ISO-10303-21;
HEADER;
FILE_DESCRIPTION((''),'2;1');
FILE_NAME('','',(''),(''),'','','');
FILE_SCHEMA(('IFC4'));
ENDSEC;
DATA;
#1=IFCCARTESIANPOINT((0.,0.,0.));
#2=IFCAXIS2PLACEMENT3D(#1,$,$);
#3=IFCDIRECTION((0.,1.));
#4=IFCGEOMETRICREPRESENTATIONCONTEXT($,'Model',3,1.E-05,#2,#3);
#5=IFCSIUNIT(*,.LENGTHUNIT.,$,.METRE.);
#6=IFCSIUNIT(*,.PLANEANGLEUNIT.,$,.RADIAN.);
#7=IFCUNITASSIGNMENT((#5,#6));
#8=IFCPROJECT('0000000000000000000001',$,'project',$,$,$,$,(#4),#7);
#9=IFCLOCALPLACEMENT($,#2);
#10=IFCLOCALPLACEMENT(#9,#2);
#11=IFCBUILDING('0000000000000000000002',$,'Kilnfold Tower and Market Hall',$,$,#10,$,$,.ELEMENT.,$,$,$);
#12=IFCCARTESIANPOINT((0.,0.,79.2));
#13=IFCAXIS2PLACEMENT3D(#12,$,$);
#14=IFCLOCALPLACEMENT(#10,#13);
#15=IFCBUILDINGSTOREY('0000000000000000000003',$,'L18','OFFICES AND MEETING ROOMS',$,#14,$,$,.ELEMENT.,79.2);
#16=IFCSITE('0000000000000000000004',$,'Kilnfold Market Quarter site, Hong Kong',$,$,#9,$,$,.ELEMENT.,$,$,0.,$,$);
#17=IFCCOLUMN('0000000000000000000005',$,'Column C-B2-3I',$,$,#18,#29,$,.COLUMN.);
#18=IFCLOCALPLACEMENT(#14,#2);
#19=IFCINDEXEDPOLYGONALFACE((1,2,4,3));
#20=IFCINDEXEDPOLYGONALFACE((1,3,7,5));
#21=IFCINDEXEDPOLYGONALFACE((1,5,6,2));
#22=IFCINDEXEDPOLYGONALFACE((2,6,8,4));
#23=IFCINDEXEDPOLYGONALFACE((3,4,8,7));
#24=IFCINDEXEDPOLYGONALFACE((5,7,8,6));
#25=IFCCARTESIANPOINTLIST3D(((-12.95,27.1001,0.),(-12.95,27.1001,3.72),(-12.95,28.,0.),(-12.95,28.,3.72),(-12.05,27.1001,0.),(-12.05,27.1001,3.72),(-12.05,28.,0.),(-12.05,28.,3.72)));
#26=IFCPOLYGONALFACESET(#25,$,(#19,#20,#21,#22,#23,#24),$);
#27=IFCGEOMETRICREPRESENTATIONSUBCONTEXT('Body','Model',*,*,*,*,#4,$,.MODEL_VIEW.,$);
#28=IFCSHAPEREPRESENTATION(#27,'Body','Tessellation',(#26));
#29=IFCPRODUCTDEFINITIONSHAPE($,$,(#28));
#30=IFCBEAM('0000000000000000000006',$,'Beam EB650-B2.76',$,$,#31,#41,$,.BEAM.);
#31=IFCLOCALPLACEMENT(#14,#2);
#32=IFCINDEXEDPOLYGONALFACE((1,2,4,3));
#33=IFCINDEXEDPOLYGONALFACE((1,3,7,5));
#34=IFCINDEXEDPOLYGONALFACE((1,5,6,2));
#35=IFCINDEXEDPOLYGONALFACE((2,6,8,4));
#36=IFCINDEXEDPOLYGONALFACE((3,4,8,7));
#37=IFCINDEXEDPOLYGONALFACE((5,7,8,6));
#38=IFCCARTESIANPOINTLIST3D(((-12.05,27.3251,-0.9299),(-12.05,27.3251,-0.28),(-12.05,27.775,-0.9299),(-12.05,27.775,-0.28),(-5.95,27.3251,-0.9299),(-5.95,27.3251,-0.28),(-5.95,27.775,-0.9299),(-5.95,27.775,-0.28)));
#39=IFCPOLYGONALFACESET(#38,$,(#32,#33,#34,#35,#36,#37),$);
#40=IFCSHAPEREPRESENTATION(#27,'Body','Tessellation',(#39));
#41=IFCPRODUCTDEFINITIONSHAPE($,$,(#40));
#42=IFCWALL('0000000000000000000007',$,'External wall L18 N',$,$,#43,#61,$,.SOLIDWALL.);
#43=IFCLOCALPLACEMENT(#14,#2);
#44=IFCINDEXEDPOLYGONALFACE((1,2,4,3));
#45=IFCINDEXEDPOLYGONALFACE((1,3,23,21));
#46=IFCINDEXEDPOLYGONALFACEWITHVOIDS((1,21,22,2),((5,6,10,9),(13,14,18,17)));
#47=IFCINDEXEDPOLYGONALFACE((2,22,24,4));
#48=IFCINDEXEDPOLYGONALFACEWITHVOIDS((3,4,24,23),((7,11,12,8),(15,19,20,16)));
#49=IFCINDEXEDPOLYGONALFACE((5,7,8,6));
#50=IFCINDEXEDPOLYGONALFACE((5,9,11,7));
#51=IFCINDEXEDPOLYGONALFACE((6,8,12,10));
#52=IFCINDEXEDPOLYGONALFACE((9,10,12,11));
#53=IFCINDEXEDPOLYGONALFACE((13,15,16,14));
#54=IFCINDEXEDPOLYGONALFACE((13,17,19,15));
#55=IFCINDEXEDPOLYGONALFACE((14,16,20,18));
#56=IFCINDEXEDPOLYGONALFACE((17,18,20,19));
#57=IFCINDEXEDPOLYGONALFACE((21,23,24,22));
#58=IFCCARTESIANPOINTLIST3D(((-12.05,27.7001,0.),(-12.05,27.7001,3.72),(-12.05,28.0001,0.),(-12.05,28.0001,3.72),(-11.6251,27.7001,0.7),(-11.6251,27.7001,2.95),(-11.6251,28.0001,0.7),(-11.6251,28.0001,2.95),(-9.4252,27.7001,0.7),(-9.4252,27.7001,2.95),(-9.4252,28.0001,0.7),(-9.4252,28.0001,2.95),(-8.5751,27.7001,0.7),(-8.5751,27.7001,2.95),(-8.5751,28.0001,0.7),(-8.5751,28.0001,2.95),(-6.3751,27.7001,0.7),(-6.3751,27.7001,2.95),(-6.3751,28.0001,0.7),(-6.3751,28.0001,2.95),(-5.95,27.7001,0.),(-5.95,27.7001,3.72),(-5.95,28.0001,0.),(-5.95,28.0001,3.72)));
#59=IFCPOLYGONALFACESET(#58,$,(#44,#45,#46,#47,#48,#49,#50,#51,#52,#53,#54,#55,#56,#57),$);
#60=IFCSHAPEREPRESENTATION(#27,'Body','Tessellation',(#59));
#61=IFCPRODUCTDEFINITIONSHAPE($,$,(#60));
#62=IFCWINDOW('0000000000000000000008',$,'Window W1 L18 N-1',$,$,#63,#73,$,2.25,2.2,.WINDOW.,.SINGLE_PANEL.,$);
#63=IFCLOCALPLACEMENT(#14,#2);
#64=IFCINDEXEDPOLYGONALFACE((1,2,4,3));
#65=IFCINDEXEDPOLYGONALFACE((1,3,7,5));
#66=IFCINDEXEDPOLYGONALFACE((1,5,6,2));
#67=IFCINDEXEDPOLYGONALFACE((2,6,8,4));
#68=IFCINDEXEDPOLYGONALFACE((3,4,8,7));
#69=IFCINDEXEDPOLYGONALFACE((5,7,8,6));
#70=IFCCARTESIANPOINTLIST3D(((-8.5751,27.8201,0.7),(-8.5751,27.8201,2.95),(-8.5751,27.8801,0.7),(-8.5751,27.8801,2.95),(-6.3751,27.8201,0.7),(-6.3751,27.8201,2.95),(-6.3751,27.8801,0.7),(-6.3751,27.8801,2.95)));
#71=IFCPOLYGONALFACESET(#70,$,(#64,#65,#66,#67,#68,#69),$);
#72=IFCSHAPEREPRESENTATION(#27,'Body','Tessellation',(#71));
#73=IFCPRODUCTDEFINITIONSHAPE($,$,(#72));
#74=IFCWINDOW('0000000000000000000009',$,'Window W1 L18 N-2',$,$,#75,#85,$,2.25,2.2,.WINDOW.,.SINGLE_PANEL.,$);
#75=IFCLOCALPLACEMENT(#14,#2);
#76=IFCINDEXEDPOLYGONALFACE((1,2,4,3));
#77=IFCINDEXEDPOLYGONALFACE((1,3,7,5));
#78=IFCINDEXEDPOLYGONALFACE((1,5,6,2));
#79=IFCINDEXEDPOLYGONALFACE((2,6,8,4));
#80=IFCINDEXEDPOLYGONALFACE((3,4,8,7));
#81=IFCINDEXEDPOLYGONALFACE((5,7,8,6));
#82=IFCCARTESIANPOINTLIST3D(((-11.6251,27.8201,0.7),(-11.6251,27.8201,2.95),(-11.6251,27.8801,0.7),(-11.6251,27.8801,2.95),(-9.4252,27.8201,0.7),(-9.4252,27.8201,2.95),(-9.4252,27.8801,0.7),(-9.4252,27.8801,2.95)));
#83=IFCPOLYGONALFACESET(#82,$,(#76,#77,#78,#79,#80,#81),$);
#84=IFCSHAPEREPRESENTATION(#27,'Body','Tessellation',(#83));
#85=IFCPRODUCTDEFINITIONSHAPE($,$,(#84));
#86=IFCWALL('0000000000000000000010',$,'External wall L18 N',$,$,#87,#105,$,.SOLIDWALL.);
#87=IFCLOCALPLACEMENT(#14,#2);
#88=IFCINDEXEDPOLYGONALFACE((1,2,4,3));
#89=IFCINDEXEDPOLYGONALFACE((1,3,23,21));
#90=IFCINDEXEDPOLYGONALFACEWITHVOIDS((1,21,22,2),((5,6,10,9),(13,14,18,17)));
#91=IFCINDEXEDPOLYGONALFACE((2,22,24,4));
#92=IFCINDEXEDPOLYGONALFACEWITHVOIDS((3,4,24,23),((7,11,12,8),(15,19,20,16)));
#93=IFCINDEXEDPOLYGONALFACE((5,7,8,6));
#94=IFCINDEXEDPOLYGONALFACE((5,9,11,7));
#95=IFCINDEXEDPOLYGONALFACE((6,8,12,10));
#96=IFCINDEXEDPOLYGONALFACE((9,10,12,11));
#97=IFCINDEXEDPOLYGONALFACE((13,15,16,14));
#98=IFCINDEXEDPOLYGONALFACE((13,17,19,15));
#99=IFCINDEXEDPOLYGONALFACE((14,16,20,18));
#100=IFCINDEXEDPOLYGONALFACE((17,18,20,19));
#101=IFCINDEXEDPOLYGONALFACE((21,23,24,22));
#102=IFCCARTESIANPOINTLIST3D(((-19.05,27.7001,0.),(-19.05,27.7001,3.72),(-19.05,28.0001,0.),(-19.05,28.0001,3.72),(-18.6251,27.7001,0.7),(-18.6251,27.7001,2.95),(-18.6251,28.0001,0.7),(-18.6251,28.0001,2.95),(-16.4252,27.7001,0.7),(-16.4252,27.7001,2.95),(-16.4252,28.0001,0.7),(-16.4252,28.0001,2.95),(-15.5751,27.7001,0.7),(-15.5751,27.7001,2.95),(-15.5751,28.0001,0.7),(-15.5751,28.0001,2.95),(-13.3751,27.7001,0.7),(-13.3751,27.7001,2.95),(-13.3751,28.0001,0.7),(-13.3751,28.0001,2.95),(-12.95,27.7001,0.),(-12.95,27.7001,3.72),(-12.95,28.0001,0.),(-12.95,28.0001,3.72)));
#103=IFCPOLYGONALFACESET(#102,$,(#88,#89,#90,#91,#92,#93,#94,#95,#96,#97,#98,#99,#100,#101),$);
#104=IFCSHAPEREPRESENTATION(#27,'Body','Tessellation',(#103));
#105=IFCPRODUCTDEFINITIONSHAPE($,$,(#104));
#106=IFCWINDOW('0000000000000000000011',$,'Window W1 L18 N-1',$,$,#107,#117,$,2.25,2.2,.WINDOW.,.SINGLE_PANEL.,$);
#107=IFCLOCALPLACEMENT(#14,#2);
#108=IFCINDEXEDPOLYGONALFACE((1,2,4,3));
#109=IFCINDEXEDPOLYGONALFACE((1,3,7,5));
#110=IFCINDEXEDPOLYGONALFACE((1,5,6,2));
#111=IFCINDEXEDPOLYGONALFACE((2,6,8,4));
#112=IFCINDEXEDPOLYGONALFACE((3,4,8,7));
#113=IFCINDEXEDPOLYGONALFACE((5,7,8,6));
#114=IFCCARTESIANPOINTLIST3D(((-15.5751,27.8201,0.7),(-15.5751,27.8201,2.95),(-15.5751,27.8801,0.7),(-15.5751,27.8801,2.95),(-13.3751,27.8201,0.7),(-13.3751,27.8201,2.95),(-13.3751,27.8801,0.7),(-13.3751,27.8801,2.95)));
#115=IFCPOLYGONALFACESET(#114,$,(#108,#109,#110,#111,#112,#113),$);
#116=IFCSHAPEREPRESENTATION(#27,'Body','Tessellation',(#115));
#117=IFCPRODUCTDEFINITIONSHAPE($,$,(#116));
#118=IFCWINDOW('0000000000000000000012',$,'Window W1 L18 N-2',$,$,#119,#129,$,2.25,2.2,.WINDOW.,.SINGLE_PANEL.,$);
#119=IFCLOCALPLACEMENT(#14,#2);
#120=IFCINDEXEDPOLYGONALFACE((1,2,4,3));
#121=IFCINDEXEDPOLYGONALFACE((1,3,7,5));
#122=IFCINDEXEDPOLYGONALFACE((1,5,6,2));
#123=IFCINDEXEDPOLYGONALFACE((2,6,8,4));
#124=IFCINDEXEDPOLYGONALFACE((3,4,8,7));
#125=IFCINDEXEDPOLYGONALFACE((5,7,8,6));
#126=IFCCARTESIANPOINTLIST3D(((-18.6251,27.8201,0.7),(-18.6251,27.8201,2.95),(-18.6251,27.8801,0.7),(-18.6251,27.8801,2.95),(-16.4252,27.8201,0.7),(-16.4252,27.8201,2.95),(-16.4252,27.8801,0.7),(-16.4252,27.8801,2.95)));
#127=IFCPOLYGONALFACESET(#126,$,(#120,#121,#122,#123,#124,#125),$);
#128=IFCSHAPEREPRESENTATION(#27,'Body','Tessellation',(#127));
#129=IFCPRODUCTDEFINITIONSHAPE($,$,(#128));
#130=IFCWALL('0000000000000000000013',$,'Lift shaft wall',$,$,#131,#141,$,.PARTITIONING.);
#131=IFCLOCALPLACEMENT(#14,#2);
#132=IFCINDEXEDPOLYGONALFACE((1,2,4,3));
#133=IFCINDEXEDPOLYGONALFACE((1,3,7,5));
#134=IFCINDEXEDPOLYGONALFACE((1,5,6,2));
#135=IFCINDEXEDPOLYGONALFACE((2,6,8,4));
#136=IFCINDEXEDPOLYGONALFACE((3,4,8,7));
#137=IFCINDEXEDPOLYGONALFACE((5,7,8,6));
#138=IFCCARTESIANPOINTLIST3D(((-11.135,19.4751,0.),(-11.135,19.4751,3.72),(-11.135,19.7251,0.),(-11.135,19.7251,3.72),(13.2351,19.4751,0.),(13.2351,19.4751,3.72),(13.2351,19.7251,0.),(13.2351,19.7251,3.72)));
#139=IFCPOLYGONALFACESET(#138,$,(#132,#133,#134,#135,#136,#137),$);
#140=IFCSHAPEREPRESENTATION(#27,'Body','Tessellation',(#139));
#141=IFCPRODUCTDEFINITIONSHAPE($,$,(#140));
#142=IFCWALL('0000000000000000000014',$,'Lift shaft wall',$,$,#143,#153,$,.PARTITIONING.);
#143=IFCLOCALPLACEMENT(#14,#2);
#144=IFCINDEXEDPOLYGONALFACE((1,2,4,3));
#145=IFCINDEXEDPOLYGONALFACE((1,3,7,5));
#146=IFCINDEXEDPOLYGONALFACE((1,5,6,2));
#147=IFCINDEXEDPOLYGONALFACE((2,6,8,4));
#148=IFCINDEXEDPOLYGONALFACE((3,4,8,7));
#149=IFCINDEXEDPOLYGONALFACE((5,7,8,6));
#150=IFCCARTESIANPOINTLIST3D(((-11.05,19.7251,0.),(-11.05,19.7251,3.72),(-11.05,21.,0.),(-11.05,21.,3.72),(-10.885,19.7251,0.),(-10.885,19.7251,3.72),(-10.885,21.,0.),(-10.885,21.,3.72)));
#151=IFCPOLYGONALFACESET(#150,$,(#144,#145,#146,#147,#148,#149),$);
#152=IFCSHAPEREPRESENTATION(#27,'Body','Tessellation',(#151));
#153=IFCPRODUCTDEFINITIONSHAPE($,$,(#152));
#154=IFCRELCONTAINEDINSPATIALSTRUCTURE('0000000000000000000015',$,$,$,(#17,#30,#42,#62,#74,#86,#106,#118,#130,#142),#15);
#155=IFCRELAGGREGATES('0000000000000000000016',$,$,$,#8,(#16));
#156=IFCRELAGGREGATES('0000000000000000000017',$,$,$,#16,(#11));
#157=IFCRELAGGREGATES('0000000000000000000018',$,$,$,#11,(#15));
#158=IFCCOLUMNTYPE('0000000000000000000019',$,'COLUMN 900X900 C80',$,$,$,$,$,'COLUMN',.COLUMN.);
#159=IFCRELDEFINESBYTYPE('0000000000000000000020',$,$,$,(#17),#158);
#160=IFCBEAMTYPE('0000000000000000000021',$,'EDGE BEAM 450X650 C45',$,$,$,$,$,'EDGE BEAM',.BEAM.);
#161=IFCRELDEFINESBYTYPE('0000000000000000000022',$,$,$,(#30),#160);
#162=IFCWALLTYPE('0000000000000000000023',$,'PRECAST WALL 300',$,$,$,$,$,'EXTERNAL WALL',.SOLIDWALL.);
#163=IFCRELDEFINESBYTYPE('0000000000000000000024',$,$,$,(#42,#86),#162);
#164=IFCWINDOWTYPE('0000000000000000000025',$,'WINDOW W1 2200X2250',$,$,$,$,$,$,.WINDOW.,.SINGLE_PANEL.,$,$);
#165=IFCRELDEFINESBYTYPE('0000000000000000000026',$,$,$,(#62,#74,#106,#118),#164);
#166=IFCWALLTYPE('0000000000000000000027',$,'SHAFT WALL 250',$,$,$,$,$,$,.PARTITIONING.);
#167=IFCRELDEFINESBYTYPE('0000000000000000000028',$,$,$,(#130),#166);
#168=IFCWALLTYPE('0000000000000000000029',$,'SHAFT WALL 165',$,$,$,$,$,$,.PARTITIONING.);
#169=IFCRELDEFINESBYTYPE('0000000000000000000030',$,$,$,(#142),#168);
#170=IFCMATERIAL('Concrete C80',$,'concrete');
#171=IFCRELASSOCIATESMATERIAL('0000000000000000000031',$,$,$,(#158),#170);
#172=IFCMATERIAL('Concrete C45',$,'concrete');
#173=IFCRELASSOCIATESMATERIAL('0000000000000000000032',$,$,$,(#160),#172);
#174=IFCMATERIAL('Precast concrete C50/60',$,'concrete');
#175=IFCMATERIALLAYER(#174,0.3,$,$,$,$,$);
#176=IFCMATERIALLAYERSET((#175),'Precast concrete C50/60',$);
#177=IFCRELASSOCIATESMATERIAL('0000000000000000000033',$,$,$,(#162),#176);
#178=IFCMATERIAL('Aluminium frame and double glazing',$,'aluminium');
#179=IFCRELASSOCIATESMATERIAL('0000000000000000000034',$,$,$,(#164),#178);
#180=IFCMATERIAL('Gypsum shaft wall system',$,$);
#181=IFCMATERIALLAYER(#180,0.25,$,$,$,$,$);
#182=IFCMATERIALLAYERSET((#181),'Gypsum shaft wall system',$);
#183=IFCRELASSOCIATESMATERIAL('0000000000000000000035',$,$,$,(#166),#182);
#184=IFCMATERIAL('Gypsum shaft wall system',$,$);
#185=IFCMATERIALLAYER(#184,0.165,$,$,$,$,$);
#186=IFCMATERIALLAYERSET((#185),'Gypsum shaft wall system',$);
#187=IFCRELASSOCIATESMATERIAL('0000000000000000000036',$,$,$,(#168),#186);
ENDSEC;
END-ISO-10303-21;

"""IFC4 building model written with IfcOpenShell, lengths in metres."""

from ifc_helpers import new_model, si_unit, direction, frame, frame_2d, origin, origin_2d, place, context, subcontext, project, spatial, rectangle, extrude, source, transform, mapped, material, layer, layer_set, material_profile, profile_set, type_object, element, fill, save


model = new_model("IFC4")

# Units and contexts
model_context = context("Model", 3, precision=1e-05, world=origin(), true_north=direction((0.0, 1.0)))
body_context = subcontext(model_context, "Body", "Model", "MODEL_VIEW")
ifc_project = project(units=[si_unit("LENGTHUNIT", "METRE"), si_unit("PLANEANGLEUNIT", "RADIAN")], contexts=[model_context])

# Site, building, storey
site_placement = place(None, origin())
site = spatial("IfcSite", under=ifc_project, at=site_placement, Name="Kilnfold Market Quarter site, Hong Kong", CompositionType="ELEMENT", RefElevation=0.0)
building_placement = place(site_placement, origin())
building = spatial("IfcBuilding", under=site, at=building_placement, Name="Kilnfold Tower and Market Hall", CompositionType="ELEMENT")
storey_placement = place(building_placement, frame((0.0, 0.0, 79.2)))
storey = spatial("IfcBuildingStorey", under=building, at=storey_placement, Name="L18", Description="OFFICES AND MEETING ROOMS", CompositionType="ELEMENT", Elevation=79.2)

# Column
ifc_material_1 = material(Name="Concrete C80", Category="concrete")
ifc_material_profile_1 = material_profile(ifc_material_1, rectangle(XDim=0.8999, YDim=0.8999, at=origin_2d()), Name="RC 900x900")
ifc_profile_set_1 = profile_set([ifc_material_profile_1], Name="Concrete C80")
column_type = type_object("IfcColumnType", Name="COLUMN 900X900 C80", ElementType="COLUMN", PredefinedType="COLUMN", material=ifc_profile_set_1)
shared_shape_1 = source(origin(), body_context, "Body", "SweptSolid", [
    extrude(rectangle(XDim=0.8999, YDim=0.8999, at=origin_2d()), origin(), (0.0, 0.0, 1.0), 3.72),
])
column_placement = place(storey_placement, frame((-12.5, 27.55, 0.0), z_axis=(0.0, 0.0, 1.0), x_axis=(1.0, 0.0, 0.0)))
element("IfcColumn", 1, at=column_placement, inside=storey, type_object=column_type, Name="Column C-B2-3I", PredefinedType="COLUMN", context=body_context, shape_type="MappedRepresentation", body=[
    mapped(shared_shape_1, transform((0.0, 0.0, 0.0))),
])

# Beam
ifc_material_2 = material(Name="Concrete C45", Category="concrete")
ifc_material_profile_2 = material_profile(ifc_material_2, rectangle(XDim=0.45, YDim=0.6499, at=origin_2d()), Name="RC 450x650")
ifc_profile_set_2 = profile_set([ifc_material_profile_2], Name="Concrete C45")
beam_type = type_object("IfcBeamType", Name="EDGE BEAM 450X650 C45", ElementType="EDGE BEAM", PredefinedType="BEAM", material=ifc_profile_set_2)
shared_shape_2 = source(origin(), body_context, "Body", "SweptSolid", [
    extrude(rectangle(XDim=0.45, YDim=0.6499, at=origin_2d()), origin(), (0.0, 0.0, 1.0), 6.1001),
])
beam_placement = place(storey_placement, frame((-12.05, 27.55, -0.605), z_axis=(1.0, 0.0, 0.0), x_axis=(0.0, 1.0, 0.0)))
element("IfcBeam", 2, at=beam_placement, inside=storey, type_object=beam_type, Name="Beam EB650-B2.76", PredefinedType="BEAM", context=body_context, shape_type="MappedRepresentation", body=[
    mapped(shared_shape_2, transform((0.0, 0.0, 0.0))),
])

# Walls, openings, windows
ifc_material_3 = material(Name="Precast concrete C50/60", Category="concrete")
ifc_layer_1 = layer(ifc_material_3, 0.3)
ifc_layer_set_1 = layer_set([ifc_layer_1], Name="Precast concrete C50/60")
wall_type_1 = type_object("IfcWallType", Name="PRECAST WALL 300", ElementType="EXTERNAL WALL", PredefinedType="SOLIDWALL", material=ifc_layer_set_1)
shared_shape_3 = source(origin(), body_context, "Body", "SweptSolid", [
    extrude(rectangle(XDim=6.1001, YDim=0.3, at=frame_2d((3.05, 0.0))), origin(), (0.0, 0.0, 1.0), 3.72),
])
wall_1_placement = place(storey_placement, frame((-5.95, 27.8501, 0.0), z_axis=(0.0, 0.0, 1.0), x_axis=(-1.0, 0.0, 0.0)))
wall_1 = element("IfcWall", 3, at=wall_1_placement, inside=storey, type_object=wall_type_1, Name="External wall L18 N", PredefinedType="SOLIDWALL", context=body_context, shape_type="MappedRepresentation", body=[
    mapped(shared_shape_3, transform((0.0, 0.0, 0.0))),
])
opening_1_placement = place(wall_1_placement, frame((0.425, 0.0, 0.7)))
opening_1 = element("IfcOpeningElement", 4, at=opening_1_placement, cuts=wall_1, PredefinedType="OPENING", context=body_context, shape_type="SweptSolid", body=[
    extrude(rectangle(XDim=2.2, YDim=2.25, at=frame_2d((1.1001, 1.125))), frame((0.0, 0.1602, 0.0), z_axis=(0.0, -1.0, 0.0), x_axis=(1.0, 0.0, 0.0)), (0.0, 0.0, 1.0), 0.3201),
])
opening_2_placement = place(wall_1_placement, frame((3.4751, 0.0, 0.7)))
opening_2 = element("IfcOpeningElement", 5, at=opening_2_placement, cuts=wall_1, PredefinedType="OPENING", context=body_context, shape_type="SweptSolid", body=[
    extrude(rectangle(XDim=2.2, YDim=2.25, at=frame_2d((1.1001, 1.125))), frame((0.0, 0.1602, 0.0), z_axis=(0.0, -1.0, 0.0), x_axis=(1.0, 0.0, 0.0)), (0.0, 0.0, 1.0), 0.3201),
])
ifc_material_4 = material(Name="Aluminium frame and double glazing", Category="aluminium")
window_type = type_object("IfcWindowType", Name="WINDOW W1 2200X2250", PartitioningType="SINGLE_PANEL", PredefinedType="WINDOW", material=ifc_material_4)
window_1_placement = place(opening_1_placement, origin())
window_1 = element("IfcWindow", 6, at=window_1_placement, inside=storey, type_object=window_type, Name="Window W1 L18 N-1", OverallHeight=2.25, OverallWidth=2.2, PartitioningType="SINGLE_PANEL", PredefinedType="WINDOW", context=body_context, shape_type="SweptSolid", body=[
    extrude(rectangle(XDim=2.2, YDim=2.25, at=frame_2d((1.1001, 1.125))), frame((0.0, 0.03, 0.0), z_axis=(0.0, -1.0, 0.0), x_axis=(1.0, 0.0, 0.0)), (0.0, 0.0, 1.0), 0.0601),
])
fill(opening_1, window_1)
window_2_placement = place(opening_2_placement, origin())
window_2 = element("IfcWindow", 7, at=window_2_placement, inside=storey, type_object=window_type, Name="Window W1 L18 N-2", OverallHeight=2.25, OverallWidth=2.2, PartitioningType="SINGLE_PANEL", PredefinedType="WINDOW", context=body_context, shape_type="SweptSolid", body=[
    extrude(rectangle(XDim=2.2, YDim=2.25, at=frame_2d((1.1001, 1.125))), frame((0.0, 0.03, 0.0), z_axis=(0.0, -1.0, 0.0), x_axis=(1.0, 0.0, 0.0)), (0.0, 0.0, 1.0), 0.0601),
])
fill(opening_2, window_2)
wall_2_placement = place(storey_placement, frame((-12.95, 27.8501, 0.0), z_axis=(0.0, 0.0, 1.0), x_axis=(-1.0, 0.0, 0.0)))
wall_2 = element("IfcWall", 8, at=wall_2_placement, inside=storey, type_object=wall_type_1, Name="External wall L18 N", PredefinedType="SOLIDWALL", context=body_context, shape_type="MappedRepresentation", body=[
    mapped(shared_shape_3, transform((0.0, 0.0, 0.0))),
])
opening_3_placement = place(wall_2_placement, frame((0.425, 0.0, 0.7)))
opening_3 = element("IfcOpeningElement", 9, at=opening_3_placement, cuts=wall_2, PredefinedType="OPENING", context=body_context, shape_type="SweptSolid", body=[
    extrude(rectangle(XDim=2.2, YDim=2.25, at=frame_2d((1.1001, 1.125))), frame((0.0, 0.1602, 0.0), z_axis=(0.0, -1.0, 0.0), x_axis=(1.0, 0.0, 0.0)), (0.0, 0.0, 1.0), 0.3201),
])
opening_4_placement = place(wall_2_placement, frame((3.4751, 0.0, 0.7)))
opening_4 = element("IfcOpeningElement", 10, at=opening_4_placement, cuts=wall_2, PredefinedType="OPENING", context=body_context, shape_type="SweptSolid", body=[
    extrude(rectangle(XDim=2.2, YDim=2.25, at=frame_2d((1.1001, 1.125))), frame((0.0, 0.1602, 0.0), z_axis=(0.0, -1.0, 0.0), x_axis=(1.0, 0.0, 0.0)), (0.0, 0.0, 1.0), 0.3201),
])
window_3_placement = place(opening_3_placement, origin())
window_3 = element("IfcWindow", 11, at=window_3_placement, inside=storey, type_object=window_type, Name="Window W1 L18 N-1", OverallHeight=2.25, OverallWidth=2.2, PartitioningType="SINGLE_PANEL", PredefinedType="WINDOW", context=body_context, shape_type="SweptSolid", body=[
    extrude(rectangle(XDim=2.2, YDim=2.25, at=frame_2d((1.1001, 1.125))), frame((0.0, 0.03, 0.0), z_axis=(0.0, -1.0, 0.0), x_axis=(1.0, 0.0, 0.0)), (0.0, 0.0, 1.0), 0.0601),
])
fill(opening_3, window_3)
window_4_placement = place(opening_4_placement, origin())
window_4 = element("IfcWindow", 12, at=window_4_placement, inside=storey, type_object=window_type, Name="Window W1 L18 N-2", OverallHeight=2.25, OverallWidth=2.2, PartitioningType="SINGLE_PANEL", PredefinedType="WINDOW", context=body_context, shape_type="SweptSolid", body=[
    extrude(rectangle(XDim=2.2, YDim=2.25, at=frame_2d((1.1001, 1.125))), frame((0.0, 0.03, 0.0), z_axis=(0.0, -1.0, 0.0), x_axis=(1.0, 0.0, 0.0)), (0.0, 0.0, 1.0), 0.0601),
])
fill(opening_4, window_4)

# Walls
ifc_material_5 = material(Name="Gypsum shaft wall system")
ifc_layer_2 = layer(ifc_material_5, 0.25)
ifc_layer_set_2 = layer_set([ifc_layer_2], Name="Gypsum shaft wall system")
wall_type_2 = type_object("IfcWallType", Name="SHAFT WALL 250", PredefinedType="PARTITIONING", material=ifc_layer_set_2)
shared_shape_4 = source(origin(), body_context, "Body", "SweptSolid", [
    extrude(rectangle(XDim=24.3701, YDim=0.25, at=frame_2d((12.1851, 0.0))), origin(), (0.0, 0.0, 1.0), 3.72),
])
wall_3_placement = place(storey_placement, frame((-11.135, 19.6001, 0.0), z_axis=(0.0, 0.0, 1.0), x_axis=(1.0, 0.0, 0.0)))
element("IfcWall", 13, at=wall_3_placement, inside=storey, type_object=wall_type_2, Name="Lift shaft wall", PredefinedType="PARTITIONING", context=body_context, shape_type="MappedRepresentation", body=[
    mapped(shared_shape_4, transform((0.0, 0.0, 0.0))),
])
ifc_material_6 = material(Name="Gypsum shaft wall system")
ifc_layer_3 = layer(ifc_material_6, 0.165)
ifc_layer_set_3 = layer_set([ifc_layer_3], Name="Gypsum shaft wall system")
wall_type_3 = type_object("IfcWallType", Name="SHAFT WALL 165", PredefinedType="PARTITIONING", material=ifc_layer_set_3)
shared_shape_5 = source(origin(), body_context, "Body", "SweptSolid", [
    extrude(rectangle(XDim=1.2749, YDim=0.165, at=frame_2d((0.6375, 0.0))), origin(), (0.0, 0.0, 1.0), 3.72),
])
wall_4_placement = place(storey_placement, frame((-10.9675, 19.7251, 0.0), z_axis=(0.0, 0.0, 1.0), x_axis=(0.0, 1.0, 0.0)))
element("IfcWall", 14, at=wall_4_placement, inside=storey, type_object=wall_type_3, Name="Lift shaft wall", PredefinedType="PARTITIONING", context=body_context, shape_type="MappedRepresentation", body=[
    mapped(shared_shape_5, transform((0.0, 0.0, 0.0))),
])

save(model, "model.ifc")
